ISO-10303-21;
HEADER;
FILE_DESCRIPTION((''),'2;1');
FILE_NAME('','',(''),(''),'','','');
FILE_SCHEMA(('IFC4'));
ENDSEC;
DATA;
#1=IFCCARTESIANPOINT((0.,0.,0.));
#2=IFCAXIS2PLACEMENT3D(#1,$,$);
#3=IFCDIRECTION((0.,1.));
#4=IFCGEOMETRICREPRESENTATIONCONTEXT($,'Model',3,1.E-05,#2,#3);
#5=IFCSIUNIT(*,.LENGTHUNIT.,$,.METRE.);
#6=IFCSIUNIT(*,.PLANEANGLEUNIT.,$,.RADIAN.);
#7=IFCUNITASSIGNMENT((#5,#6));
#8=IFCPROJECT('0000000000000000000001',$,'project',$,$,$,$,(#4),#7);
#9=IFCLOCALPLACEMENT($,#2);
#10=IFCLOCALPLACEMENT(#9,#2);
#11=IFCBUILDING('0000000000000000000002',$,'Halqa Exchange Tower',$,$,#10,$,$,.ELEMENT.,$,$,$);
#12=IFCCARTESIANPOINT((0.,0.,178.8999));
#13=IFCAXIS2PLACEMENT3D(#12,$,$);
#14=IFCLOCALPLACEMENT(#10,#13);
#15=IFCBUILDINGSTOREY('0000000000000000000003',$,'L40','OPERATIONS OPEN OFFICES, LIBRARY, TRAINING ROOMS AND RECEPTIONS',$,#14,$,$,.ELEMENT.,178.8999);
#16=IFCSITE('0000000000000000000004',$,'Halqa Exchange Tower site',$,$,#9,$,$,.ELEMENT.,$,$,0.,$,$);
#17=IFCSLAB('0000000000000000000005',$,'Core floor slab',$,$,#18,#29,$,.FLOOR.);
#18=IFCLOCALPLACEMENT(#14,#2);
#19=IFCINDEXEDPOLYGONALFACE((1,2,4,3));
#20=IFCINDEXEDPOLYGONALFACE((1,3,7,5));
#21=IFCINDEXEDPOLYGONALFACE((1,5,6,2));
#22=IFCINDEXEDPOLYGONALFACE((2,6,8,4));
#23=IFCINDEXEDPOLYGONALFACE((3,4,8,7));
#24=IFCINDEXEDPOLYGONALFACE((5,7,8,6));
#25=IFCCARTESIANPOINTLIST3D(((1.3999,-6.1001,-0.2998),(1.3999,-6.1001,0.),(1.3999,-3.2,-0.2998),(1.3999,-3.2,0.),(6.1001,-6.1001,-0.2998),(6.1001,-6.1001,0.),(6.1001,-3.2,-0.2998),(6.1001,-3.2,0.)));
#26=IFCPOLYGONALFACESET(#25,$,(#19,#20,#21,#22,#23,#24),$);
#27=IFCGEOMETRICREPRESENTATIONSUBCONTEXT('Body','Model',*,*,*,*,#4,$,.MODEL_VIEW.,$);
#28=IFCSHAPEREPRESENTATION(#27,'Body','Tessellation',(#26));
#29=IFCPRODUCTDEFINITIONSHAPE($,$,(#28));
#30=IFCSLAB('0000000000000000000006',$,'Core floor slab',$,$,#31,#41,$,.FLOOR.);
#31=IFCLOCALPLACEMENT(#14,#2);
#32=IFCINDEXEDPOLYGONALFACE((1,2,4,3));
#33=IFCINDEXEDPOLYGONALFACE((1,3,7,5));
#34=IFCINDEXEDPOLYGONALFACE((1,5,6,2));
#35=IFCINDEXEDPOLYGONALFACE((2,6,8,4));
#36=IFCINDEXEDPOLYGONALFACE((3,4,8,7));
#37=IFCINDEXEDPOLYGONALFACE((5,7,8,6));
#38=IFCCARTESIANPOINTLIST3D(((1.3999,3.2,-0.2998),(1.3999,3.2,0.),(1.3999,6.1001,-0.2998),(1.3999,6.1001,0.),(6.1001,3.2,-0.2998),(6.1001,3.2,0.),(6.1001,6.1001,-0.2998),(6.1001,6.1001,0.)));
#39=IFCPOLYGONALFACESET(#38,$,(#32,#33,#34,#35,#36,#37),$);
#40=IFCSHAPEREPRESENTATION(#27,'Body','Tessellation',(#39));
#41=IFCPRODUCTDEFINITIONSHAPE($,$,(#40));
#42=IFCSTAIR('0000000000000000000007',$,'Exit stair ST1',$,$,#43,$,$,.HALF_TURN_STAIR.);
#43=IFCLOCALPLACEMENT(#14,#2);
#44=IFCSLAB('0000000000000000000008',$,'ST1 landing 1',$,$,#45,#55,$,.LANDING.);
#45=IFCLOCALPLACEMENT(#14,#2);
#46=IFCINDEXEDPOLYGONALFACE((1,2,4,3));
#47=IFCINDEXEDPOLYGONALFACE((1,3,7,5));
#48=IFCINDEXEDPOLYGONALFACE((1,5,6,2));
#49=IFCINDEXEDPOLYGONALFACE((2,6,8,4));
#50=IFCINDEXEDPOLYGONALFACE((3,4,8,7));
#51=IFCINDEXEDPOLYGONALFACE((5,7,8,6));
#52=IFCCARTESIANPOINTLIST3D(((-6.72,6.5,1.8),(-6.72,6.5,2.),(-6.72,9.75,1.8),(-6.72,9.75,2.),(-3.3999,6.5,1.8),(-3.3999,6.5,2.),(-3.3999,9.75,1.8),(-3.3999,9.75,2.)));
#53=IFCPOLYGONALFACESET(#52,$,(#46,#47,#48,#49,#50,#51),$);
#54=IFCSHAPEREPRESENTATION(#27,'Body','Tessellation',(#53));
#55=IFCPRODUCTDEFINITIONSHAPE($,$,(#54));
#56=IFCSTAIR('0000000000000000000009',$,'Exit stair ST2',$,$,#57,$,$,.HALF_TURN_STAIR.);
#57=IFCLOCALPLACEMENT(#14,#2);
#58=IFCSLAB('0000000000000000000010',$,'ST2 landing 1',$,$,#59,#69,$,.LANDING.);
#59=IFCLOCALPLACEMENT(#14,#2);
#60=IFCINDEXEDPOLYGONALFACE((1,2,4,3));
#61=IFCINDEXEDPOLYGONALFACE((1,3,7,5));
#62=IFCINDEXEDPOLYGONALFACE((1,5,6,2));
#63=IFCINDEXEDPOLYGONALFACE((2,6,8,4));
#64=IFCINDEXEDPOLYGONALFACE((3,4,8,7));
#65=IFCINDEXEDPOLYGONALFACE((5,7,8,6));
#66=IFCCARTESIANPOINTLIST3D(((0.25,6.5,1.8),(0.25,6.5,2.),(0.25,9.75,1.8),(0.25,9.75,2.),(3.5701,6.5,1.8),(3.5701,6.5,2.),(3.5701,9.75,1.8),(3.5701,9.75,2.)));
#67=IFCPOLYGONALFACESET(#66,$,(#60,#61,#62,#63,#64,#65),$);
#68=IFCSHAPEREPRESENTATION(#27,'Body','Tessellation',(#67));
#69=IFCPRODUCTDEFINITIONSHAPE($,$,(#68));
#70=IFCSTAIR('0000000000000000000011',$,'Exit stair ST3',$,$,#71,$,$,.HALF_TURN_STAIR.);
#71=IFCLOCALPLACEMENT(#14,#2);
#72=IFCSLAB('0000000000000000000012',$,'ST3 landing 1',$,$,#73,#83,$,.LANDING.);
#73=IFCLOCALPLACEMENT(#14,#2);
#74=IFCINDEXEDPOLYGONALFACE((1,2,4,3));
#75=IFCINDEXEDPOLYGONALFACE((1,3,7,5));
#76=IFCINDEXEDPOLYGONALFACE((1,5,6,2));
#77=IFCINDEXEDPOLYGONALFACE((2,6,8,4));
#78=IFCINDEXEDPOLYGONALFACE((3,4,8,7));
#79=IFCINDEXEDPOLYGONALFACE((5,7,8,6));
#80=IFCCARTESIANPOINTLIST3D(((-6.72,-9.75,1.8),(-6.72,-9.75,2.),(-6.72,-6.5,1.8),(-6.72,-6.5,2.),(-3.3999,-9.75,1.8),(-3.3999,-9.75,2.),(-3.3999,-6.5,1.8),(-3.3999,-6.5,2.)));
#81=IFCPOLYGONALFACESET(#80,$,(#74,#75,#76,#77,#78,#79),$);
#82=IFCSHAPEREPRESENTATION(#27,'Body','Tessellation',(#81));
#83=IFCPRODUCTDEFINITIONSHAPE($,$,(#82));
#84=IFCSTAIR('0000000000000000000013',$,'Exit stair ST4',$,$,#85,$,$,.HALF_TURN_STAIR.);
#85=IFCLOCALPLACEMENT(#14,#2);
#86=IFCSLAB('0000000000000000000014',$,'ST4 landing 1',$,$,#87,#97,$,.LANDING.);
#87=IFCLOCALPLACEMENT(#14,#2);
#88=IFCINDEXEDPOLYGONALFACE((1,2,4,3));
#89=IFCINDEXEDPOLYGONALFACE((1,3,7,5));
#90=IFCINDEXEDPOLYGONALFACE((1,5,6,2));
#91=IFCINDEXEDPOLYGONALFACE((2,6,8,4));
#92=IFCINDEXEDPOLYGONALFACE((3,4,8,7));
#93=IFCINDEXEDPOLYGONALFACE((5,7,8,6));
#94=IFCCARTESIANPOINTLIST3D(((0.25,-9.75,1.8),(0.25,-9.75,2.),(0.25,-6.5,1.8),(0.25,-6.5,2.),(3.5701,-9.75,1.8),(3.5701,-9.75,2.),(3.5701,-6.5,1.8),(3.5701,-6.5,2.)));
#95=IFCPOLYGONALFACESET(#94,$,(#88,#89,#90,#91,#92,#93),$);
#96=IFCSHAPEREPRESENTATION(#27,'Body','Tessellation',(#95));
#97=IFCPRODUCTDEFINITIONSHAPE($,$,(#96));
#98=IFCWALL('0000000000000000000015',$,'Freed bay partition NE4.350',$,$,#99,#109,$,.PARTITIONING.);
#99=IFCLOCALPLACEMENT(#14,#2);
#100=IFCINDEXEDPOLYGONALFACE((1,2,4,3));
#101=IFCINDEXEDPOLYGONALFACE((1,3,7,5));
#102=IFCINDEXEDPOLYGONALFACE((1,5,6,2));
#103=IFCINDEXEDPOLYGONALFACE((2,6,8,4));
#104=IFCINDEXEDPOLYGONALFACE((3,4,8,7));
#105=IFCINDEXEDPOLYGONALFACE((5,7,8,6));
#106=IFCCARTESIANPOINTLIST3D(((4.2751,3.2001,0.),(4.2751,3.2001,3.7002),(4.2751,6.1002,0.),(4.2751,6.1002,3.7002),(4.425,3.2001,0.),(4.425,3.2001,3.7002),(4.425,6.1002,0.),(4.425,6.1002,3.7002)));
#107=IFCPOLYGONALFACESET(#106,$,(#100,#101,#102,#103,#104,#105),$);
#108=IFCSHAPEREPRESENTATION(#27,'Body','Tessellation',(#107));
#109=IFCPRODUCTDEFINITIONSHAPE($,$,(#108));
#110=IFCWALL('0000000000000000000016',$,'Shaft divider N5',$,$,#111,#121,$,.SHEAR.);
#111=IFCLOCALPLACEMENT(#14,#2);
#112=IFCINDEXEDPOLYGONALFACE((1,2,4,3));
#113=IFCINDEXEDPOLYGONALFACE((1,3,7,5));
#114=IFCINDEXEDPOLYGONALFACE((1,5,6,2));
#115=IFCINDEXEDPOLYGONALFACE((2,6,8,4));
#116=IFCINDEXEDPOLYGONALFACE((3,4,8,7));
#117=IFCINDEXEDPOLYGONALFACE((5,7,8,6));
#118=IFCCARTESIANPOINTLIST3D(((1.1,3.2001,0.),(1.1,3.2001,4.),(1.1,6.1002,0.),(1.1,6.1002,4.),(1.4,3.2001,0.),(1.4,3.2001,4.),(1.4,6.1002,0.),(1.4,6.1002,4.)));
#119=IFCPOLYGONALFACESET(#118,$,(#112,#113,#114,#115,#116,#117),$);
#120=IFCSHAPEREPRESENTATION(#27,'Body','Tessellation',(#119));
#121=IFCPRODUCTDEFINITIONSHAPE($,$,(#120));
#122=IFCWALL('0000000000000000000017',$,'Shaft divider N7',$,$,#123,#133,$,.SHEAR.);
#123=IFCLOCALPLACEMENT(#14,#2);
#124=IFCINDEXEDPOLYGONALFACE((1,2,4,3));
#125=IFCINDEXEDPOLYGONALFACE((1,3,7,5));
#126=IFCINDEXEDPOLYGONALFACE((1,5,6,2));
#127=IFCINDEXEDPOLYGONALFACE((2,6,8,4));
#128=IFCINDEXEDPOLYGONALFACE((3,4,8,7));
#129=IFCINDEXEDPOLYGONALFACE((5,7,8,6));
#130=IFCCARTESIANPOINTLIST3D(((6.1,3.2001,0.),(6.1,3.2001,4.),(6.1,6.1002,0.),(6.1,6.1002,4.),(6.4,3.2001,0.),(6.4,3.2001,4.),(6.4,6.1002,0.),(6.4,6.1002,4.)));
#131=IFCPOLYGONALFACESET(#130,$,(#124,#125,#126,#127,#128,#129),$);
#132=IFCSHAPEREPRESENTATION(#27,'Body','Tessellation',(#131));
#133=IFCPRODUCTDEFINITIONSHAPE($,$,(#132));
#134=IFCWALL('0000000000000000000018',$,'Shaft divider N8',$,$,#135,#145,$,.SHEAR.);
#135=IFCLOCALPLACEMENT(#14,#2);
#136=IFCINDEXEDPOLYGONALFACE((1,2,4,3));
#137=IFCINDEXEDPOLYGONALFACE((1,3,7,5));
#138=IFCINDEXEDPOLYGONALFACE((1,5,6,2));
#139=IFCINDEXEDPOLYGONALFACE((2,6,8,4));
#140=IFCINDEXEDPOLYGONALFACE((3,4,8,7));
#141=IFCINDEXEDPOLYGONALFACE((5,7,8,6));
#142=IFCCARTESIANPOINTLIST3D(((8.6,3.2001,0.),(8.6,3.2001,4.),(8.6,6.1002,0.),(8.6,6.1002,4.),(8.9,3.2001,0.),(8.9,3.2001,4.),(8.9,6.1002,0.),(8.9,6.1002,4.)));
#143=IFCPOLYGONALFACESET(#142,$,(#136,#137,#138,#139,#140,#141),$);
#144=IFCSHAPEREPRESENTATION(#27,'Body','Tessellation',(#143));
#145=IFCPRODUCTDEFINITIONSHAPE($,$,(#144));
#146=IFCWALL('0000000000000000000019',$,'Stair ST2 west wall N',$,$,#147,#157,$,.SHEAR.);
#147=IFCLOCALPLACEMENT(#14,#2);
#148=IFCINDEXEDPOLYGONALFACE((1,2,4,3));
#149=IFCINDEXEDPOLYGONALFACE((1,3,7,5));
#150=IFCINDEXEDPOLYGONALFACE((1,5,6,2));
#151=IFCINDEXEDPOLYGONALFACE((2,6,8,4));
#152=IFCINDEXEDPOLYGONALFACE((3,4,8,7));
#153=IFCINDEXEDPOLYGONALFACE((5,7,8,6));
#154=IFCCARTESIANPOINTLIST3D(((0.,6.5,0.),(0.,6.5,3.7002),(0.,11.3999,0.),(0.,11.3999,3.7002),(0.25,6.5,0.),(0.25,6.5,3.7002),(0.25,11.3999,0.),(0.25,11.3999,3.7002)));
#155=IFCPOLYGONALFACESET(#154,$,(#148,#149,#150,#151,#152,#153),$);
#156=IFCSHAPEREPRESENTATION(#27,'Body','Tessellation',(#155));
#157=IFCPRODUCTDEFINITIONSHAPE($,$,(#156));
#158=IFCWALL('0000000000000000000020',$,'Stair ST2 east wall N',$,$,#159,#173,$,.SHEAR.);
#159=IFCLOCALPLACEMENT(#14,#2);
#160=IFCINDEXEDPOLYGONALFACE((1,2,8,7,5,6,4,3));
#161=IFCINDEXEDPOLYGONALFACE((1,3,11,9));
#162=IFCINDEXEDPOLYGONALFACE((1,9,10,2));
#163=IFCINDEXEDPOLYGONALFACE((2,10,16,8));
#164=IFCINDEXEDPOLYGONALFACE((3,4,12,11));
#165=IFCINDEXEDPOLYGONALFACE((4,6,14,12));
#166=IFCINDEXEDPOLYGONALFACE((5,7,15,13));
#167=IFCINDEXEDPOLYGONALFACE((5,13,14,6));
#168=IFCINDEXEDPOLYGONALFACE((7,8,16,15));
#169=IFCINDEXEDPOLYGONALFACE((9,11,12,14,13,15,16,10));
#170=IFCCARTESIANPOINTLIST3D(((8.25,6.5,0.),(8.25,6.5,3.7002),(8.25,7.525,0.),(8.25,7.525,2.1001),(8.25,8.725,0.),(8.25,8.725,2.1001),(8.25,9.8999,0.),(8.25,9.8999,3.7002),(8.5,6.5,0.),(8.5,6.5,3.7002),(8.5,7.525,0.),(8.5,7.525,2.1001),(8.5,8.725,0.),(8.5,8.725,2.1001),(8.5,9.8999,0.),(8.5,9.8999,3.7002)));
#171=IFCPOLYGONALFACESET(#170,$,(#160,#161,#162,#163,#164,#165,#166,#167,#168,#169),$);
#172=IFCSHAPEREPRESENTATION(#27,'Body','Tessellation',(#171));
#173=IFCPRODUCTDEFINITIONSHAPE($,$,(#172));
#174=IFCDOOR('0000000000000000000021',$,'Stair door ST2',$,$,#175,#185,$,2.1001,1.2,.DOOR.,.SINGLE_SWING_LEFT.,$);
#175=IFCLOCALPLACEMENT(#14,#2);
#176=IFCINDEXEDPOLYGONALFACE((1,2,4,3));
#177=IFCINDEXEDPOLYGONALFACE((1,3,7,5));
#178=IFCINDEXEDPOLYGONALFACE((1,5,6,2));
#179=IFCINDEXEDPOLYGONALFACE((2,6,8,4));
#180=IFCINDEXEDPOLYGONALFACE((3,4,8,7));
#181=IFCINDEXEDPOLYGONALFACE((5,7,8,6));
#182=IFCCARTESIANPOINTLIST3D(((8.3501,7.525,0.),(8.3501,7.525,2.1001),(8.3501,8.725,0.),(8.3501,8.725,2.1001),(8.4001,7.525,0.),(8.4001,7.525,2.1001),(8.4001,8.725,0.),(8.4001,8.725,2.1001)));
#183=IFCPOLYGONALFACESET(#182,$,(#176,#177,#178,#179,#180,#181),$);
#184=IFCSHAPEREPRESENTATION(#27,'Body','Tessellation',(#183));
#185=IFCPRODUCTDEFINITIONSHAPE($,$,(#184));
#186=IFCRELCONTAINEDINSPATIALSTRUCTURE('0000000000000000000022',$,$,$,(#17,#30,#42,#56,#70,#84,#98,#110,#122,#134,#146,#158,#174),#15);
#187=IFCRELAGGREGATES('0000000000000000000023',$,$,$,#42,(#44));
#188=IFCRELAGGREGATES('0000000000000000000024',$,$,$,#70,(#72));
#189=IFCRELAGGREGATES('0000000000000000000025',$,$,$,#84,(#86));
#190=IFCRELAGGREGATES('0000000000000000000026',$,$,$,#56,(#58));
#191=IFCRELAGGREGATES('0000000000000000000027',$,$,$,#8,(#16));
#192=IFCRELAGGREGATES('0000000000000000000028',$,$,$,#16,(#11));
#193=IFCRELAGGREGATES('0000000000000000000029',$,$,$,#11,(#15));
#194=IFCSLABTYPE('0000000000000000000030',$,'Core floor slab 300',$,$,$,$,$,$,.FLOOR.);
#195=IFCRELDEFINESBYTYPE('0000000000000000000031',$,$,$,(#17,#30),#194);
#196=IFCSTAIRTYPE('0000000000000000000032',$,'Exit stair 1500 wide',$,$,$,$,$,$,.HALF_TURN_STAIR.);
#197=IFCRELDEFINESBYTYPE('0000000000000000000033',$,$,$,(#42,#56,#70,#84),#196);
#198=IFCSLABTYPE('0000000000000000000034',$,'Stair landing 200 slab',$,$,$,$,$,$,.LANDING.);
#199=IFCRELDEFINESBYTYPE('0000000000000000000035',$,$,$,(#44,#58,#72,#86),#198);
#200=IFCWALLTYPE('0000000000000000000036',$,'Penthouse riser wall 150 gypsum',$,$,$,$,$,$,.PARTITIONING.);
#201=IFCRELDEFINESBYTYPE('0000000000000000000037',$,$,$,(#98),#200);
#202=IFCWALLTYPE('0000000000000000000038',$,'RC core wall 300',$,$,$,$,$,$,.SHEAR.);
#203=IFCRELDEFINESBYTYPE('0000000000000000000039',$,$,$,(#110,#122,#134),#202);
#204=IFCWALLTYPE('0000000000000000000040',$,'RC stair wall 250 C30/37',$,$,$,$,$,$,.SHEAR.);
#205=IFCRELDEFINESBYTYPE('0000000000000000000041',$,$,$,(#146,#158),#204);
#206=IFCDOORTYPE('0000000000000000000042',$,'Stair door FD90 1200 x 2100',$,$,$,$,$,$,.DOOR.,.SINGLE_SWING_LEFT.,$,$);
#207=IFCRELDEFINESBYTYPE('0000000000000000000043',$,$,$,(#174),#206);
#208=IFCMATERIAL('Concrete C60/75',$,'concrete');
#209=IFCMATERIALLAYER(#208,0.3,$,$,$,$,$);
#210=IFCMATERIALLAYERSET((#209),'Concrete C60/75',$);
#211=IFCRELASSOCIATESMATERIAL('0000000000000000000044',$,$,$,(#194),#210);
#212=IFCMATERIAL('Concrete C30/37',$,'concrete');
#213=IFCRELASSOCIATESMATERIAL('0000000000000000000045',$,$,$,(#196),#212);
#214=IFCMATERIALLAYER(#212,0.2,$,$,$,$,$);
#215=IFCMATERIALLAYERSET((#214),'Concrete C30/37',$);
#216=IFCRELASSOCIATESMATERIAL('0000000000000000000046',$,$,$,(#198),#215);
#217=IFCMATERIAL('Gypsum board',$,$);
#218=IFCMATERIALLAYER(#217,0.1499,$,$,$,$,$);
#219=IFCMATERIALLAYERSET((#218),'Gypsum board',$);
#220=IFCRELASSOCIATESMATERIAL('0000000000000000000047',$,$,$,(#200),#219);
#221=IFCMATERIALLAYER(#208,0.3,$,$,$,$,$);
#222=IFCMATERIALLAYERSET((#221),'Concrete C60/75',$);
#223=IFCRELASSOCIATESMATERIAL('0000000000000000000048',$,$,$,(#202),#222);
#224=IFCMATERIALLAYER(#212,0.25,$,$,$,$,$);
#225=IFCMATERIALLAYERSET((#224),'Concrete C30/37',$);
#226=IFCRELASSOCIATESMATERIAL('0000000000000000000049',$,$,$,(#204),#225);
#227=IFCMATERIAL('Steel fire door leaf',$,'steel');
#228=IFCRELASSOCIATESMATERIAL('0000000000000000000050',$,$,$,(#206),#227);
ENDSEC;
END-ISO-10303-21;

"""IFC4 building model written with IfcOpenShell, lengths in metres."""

from ifc_helpers import new_model, si_unit, direction, frame, frame_2d, origin, place, context, subcontext, project, spatial, polyline, rectangle, outline, extrude, material, layer, layer_set, type_object, element, fill, aggregate, save


model = new_model("IFC4")

# Units and contexts
model_context = context("Model", 3, precision=1e-05, world=origin(), true_north=direction((0.0, 1.0)))
body_context = subcontext(model_context, "Body", "Model", "MODEL_VIEW")
ifc_project = project(units=[si_unit("LENGTHUNIT", "METRE"), si_unit("PLANEANGLEUNIT", "RADIAN")], contexts=[model_context])

# Site, building, storey
site_placement = place(None, origin())
site = spatial("IfcSite", under=ifc_project, at=site_placement, Name="Halqa Exchange Tower site", CompositionType="ELEMENT", RefElevation=0.0)
building_placement = place(site_placement, origin())
building = spatial("IfcBuilding", under=site, at=building_placement, Name="Halqa Exchange Tower", CompositionType="ELEMENT")
storey_placement = place(building_placement, frame((0.0, 0.0, 178.8999)))
storey = spatial("IfcBuildingStorey", under=building, at=storey_placement, Name="L40", Description="OPERATIONS OPEN OFFICES, LIBRARY, TRAINING ROOMS AND RECEPTIONS", CompositionType="ELEMENT", Elevation=178.8999)

# Slabs
ifc_material_1 = material(Name="Concrete C60/75", Category="concrete")
ifc_layer_1 = layer(ifc_material_1, 0.3)
ifc_layer_set_1 = layer_set([ifc_layer_1], Name="Concrete C60/75")
slab_type_1 = type_object("IfcSlabType", Name="Core floor slab 300", PredefinedType="FLOOR", material=ifc_layer_set_1)
slab_1_placement = place(storey_placement, frame((0.0, 0.0, -0.2998)))
element("IfcSlab", 1, at=slab_1_placement, inside=storey, type_object=slab_type_1, Name="Core floor slab", PredefinedType="FLOOR", context=body_context, shape_type="SweptSolid", body=[
    extrude(outline(polyline([(6.1001, -3.2), (6.1001, -6.1001), (1.3999, -6.1001), (1.3999, -3.2), (6.1001, -3.2)])), origin(), (0.0, 0.0, 1.0), 0.2998),
])
slab_2_placement = place(storey_placement, frame((0.0, 0.0, -0.2998)))
element("IfcSlab", 2, at=slab_2_placement, inside=storey, type_object=slab_type_1, Name="Core floor slab", PredefinedType="FLOOR", context=body_context, shape_type="SweptSolid", body=[
    extrude(outline(polyline([(6.1001, 6.1001), (6.1001, 3.2), (1.3999, 3.2), (1.3999, 6.1001), (6.1001, 6.1001)])), origin(), (0.0, 0.0, 1.0), 0.2998),
])

# Stairs, slabs
ifc_material_2 = material(Name="Concrete C30/37", Category="concrete")
stair_type = type_object("IfcStairType", Name="Exit stair 1500 wide", PredefinedType="HALF_TURN_STAIR", material=ifc_material_2)
stair_1_placement = place(storey_placement, origin())
stair_1 = element("IfcStair", 3, at=stair_1_placement, inside=storey, type_object=stair_type, Name="Exit stair ST1", PredefinedType="HALF_TURN_STAIR")
ifc_layer_2 = layer(ifc_material_2, 0.2)
ifc_layer_set_2 = layer_set([ifc_layer_2], Name="Concrete C30/37")
slab_type_2 = type_object("IfcSlabType", Name="Stair landing 200 slab", PredefinedType="LANDING", material=ifc_layer_set_2)
slab_3_placement = place(storey_placement, frame((0.0, 0.0, 1.8)))
slab_3 = element("IfcSlab", 4, at=slab_3_placement, type_object=slab_type_2, Name="ST1 landing 1", PredefinedType="LANDING", context=body_context, shape_type="SweptSolid", body=[
    extrude(outline(polyline([(-6.72, 6.5), (-3.3999, 6.5), (-3.3999, 9.75), (-6.72, 9.75), (-6.72, 6.5)])), origin(), (0.0, 0.0, 1.0), 0.2),
])
aggregate(stair_1, [slab_3])
stair_2_placement = place(storey_placement, origin())
stair_2 = element("IfcStair", 5, at=stair_2_placement, inside=storey, type_object=stair_type, Name="Exit stair ST2", PredefinedType="HALF_TURN_STAIR")
slab_4_placement = place(storey_placement, frame((0.0, 0.0, 1.8)))
slab_4 = element("IfcSlab", 6, at=slab_4_placement, type_object=slab_type_2, Name="ST2 landing 1", PredefinedType="LANDING", context=body_context, shape_type="SweptSolid", body=[
    extrude(outline(polyline([(0.25, 6.5), (3.5701, 6.5), (3.5701, 9.75), (0.25, 9.75), (0.25, 6.5)])), origin(), (0.0, 0.0, 1.0), 0.2),
])
stair_3_placement = place(storey_placement, origin())
stair_3 = element("IfcStair", 7, at=stair_3_placement, inside=storey, type_object=stair_type, Name="Exit stair ST3", PredefinedType="HALF_TURN_STAIR")
slab_5_placement = place(storey_placement, frame((0.0, 0.0, 1.8)))
slab_5 = element("IfcSlab", 8, at=slab_5_placement, type_object=slab_type_2, Name="ST3 landing 1", PredefinedType="LANDING", context=body_context, shape_type="SweptSolid", body=[
    extrude(outline(polyline([(-6.72, -9.75), (-3.3999, -9.75), (-3.3999, -6.5), (-6.72, -6.5), (-6.72, -9.75)])), origin(), (0.0, 0.0, 1.0), 0.2),
])
aggregate(stair_3, [slab_5])
stair_4_placement = place(storey_placement, origin())
stair_4 = element("IfcStair", 9, at=stair_4_placement, inside=storey, type_object=stair_type, Name="Exit stair ST4", PredefinedType="HALF_TURN_STAIR")
slab_6_placement = place(storey_placement, frame((0.0, 0.0, 1.8)))
slab_6 = element("IfcSlab", 10, at=slab_6_placement, type_object=slab_type_2, Name="ST4 landing 1", PredefinedType="LANDING", context=body_context, shape_type="SweptSolid", body=[
    extrude(outline(polyline([(0.25, -9.75), (3.5701, -9.75), (3.5701, -6.5), (0.25, -6.5), (0.25, -9.75)])), origin(), (0.0, 0.0, 1.0), 0.2),
])
aggregate(stair_4, [slab_6])

# Walls
ifc_material_3 = material(Name="Gypsum board")
ifc_layer_3 = layer(ifc_material_3, 0.1499)
ifc_layer_set_3 = layer_set([ifc_layer_3], Name="Gypsum board")
wall_type_1 = type_object("IfcWallType", Name="Penthouse riser wall 150 gypsum", PredefinedType="PARTITIONING", material=ifc_layer_set_3)
wall_1_placement = place(storey_placement, frame((4.3501, 3.2, 0.0), z_axis=(0.0, 0.0, 1.0), x_axis=(0.0, 1.0, 0.0)))
element("IfcWall", 11, at=wall_1_placement, inside=storey, type_object=wall_type_1, Name="Freed bay partition NE4.350", PredefinedType="PARTITIONING", context=body_context, shape_type="SweptSolid", body=[
    extrude(rectangle(XDim=2.9001, YDim=0.1499, at=frame_2d((1.4502, 0.0))), origin(), (0.0, 0.0, 1.0), 3.7002),
])
ifc_layer_4 = layer(ifc_material_1, 0.3)
ifc_layer_set_4 = layer_set([ifc_layer_4], Name="Concrete C60/75")
wall_type_2 = type_object("IfcWallType", Name="RC core wall 300", PredefinedType="SHEAR", material=ifc_layer_set_4)
for number, where, z_axis, x_axis, name in (
    (12, (1.25, 3.2, 0.0), (0.0, 0.0, 1.0), (0.0, 1.0, 0.0), "Shaft divider N5"),
    (13, (6.25, 3.2, 0.0), (0.0, 0.0, 1.0), (0.0, 1.0, 0.0), "Shaft divider N7"),
    (14, (8.75, 3.2, 0.0), (0.0, 0.0, 1.0), (0.0, 1.0, 0.0), "Shaft divider N8"),
):
    element("IfcWall", number, at=place(storey_placement, frame(where, z_axis=z_axis, x_axis=x_axis)), inside=storey, type_object=wall_type_2, Name=name, PredefinedType="SHEAR", context=body_context, shape_type="SweptSolid", body=[
        extrude(rectangle(XDim=2.9001, YDim=0.3, at=frame_2d((1.4502, 0.0))), origin(), (0.0, 0.0, 1.0), 4.0),
    ])
ifc_layer_5 = layer(ifc_material_2, 0.25)
ifc_layer_set_5 = layer_set([ifc_layer_5], Name="Concrete C30/37")
wall_type_3 = type_object("IfcWallType", Name="RC stair wall 250 C30/37", PredefinedType="SHEAR", material=ifc_layer_set_5)
wall_2_placement = place(storey_placement, frame((0.125, 6.5, 0.0), z_axis=(0.0, 0.0, 1.0), x_axis=(0.0, 1.0, 0.0)))
element("IfcWall", 15, at=wall_2_placement, inside=storey, type_object=wall_type_3, Name="Stair ST2 west wall N", PredefinedType="SHEAR", context=body_context, shape_type="SweptSolid", body=[
    extrude(rectangle(XDim=4.8999, YDim=0.25, at=frame_2d((2.45, 0.0))), origin(), (0.0, 0.0, 1.0), 3.7002),
])

# Wall, opening, door
wall_3_placement = place(storey_placement, frame((8.375, 6.5, 0.0), z_axis=(0.0, 0.0, 1.0), x_axis=(0.0, 1.0, 0.0)))
wall_3 = element("IfcWall", 16, at=wall_3_placement, inside=storey, type_object=wall_type_3, Name="Stair ST2 east wall N", PredefinedType="SHEAR", context=body_context, shape_type="SweptSolid", body=[
    extrude(rectangle(XDim=3.3999, YDim=0.25, at=frame_2d((1.7, 0.0))), origin(), (0.0, 0.0, 1.0), 3.7002),
])
opening_placement = place(wall_3_placement, frame((1.0249, 0.0, 0.0)))
opening = element("IfcOpeningElement", 17, at=opening_placement, cuts=wall_3, PredefinedType="OPENING", context=body_context, shape_type="SweptSolid", body=[
    extrude(rectangle(XDim=1.2, YDim=2.1001, at=frame_2d((0.6001, 1.05))), frame((0.0, 0.137, 0.0), z_axis=(0.0, -1.0, 0.0), x_axis=(1.0, 0.0, 0.0)), (0.0, 0.0, 1.0), 0.2739),
])
ifc_material_4 = material(Name="Steel fire door leaf", Category="steel")
door_type = type_object("IfcDoorType", Name="Stair door FD90 1200 x 2100", OperationType="SINGLE_SWING_LEFT", PredefinedType="DOOR", material=ifc_material_4)
door_placement = place(opening_placement, origin())
door = element("IfcDoor", 18, at=door_placement, inside=storey, type_object=door_type, Name="Stair door ST2", OperationType="SINGLE_SWING_LEFT", OverallHeight=2.1001, OverallWidth=1.2, PredefinedType="DOOR", context=body_context, shape_type="SweptSolid", body=[
    extrude(rectangle(XDim=1.2, YDim=2.1001, at=frame_2d((0.6001, 1.05))), frame((0.0, 0.0249, 0.0), z_axis=(0.0, -1.0, 0.0), x_axis=(1.0, 0.0, 0.0)), (0.0, 0.0, 1.0), 0.05),
])
fill(opening, door)

aggregate(stair_2, [slab_4])

save(model, "model.ifc")
